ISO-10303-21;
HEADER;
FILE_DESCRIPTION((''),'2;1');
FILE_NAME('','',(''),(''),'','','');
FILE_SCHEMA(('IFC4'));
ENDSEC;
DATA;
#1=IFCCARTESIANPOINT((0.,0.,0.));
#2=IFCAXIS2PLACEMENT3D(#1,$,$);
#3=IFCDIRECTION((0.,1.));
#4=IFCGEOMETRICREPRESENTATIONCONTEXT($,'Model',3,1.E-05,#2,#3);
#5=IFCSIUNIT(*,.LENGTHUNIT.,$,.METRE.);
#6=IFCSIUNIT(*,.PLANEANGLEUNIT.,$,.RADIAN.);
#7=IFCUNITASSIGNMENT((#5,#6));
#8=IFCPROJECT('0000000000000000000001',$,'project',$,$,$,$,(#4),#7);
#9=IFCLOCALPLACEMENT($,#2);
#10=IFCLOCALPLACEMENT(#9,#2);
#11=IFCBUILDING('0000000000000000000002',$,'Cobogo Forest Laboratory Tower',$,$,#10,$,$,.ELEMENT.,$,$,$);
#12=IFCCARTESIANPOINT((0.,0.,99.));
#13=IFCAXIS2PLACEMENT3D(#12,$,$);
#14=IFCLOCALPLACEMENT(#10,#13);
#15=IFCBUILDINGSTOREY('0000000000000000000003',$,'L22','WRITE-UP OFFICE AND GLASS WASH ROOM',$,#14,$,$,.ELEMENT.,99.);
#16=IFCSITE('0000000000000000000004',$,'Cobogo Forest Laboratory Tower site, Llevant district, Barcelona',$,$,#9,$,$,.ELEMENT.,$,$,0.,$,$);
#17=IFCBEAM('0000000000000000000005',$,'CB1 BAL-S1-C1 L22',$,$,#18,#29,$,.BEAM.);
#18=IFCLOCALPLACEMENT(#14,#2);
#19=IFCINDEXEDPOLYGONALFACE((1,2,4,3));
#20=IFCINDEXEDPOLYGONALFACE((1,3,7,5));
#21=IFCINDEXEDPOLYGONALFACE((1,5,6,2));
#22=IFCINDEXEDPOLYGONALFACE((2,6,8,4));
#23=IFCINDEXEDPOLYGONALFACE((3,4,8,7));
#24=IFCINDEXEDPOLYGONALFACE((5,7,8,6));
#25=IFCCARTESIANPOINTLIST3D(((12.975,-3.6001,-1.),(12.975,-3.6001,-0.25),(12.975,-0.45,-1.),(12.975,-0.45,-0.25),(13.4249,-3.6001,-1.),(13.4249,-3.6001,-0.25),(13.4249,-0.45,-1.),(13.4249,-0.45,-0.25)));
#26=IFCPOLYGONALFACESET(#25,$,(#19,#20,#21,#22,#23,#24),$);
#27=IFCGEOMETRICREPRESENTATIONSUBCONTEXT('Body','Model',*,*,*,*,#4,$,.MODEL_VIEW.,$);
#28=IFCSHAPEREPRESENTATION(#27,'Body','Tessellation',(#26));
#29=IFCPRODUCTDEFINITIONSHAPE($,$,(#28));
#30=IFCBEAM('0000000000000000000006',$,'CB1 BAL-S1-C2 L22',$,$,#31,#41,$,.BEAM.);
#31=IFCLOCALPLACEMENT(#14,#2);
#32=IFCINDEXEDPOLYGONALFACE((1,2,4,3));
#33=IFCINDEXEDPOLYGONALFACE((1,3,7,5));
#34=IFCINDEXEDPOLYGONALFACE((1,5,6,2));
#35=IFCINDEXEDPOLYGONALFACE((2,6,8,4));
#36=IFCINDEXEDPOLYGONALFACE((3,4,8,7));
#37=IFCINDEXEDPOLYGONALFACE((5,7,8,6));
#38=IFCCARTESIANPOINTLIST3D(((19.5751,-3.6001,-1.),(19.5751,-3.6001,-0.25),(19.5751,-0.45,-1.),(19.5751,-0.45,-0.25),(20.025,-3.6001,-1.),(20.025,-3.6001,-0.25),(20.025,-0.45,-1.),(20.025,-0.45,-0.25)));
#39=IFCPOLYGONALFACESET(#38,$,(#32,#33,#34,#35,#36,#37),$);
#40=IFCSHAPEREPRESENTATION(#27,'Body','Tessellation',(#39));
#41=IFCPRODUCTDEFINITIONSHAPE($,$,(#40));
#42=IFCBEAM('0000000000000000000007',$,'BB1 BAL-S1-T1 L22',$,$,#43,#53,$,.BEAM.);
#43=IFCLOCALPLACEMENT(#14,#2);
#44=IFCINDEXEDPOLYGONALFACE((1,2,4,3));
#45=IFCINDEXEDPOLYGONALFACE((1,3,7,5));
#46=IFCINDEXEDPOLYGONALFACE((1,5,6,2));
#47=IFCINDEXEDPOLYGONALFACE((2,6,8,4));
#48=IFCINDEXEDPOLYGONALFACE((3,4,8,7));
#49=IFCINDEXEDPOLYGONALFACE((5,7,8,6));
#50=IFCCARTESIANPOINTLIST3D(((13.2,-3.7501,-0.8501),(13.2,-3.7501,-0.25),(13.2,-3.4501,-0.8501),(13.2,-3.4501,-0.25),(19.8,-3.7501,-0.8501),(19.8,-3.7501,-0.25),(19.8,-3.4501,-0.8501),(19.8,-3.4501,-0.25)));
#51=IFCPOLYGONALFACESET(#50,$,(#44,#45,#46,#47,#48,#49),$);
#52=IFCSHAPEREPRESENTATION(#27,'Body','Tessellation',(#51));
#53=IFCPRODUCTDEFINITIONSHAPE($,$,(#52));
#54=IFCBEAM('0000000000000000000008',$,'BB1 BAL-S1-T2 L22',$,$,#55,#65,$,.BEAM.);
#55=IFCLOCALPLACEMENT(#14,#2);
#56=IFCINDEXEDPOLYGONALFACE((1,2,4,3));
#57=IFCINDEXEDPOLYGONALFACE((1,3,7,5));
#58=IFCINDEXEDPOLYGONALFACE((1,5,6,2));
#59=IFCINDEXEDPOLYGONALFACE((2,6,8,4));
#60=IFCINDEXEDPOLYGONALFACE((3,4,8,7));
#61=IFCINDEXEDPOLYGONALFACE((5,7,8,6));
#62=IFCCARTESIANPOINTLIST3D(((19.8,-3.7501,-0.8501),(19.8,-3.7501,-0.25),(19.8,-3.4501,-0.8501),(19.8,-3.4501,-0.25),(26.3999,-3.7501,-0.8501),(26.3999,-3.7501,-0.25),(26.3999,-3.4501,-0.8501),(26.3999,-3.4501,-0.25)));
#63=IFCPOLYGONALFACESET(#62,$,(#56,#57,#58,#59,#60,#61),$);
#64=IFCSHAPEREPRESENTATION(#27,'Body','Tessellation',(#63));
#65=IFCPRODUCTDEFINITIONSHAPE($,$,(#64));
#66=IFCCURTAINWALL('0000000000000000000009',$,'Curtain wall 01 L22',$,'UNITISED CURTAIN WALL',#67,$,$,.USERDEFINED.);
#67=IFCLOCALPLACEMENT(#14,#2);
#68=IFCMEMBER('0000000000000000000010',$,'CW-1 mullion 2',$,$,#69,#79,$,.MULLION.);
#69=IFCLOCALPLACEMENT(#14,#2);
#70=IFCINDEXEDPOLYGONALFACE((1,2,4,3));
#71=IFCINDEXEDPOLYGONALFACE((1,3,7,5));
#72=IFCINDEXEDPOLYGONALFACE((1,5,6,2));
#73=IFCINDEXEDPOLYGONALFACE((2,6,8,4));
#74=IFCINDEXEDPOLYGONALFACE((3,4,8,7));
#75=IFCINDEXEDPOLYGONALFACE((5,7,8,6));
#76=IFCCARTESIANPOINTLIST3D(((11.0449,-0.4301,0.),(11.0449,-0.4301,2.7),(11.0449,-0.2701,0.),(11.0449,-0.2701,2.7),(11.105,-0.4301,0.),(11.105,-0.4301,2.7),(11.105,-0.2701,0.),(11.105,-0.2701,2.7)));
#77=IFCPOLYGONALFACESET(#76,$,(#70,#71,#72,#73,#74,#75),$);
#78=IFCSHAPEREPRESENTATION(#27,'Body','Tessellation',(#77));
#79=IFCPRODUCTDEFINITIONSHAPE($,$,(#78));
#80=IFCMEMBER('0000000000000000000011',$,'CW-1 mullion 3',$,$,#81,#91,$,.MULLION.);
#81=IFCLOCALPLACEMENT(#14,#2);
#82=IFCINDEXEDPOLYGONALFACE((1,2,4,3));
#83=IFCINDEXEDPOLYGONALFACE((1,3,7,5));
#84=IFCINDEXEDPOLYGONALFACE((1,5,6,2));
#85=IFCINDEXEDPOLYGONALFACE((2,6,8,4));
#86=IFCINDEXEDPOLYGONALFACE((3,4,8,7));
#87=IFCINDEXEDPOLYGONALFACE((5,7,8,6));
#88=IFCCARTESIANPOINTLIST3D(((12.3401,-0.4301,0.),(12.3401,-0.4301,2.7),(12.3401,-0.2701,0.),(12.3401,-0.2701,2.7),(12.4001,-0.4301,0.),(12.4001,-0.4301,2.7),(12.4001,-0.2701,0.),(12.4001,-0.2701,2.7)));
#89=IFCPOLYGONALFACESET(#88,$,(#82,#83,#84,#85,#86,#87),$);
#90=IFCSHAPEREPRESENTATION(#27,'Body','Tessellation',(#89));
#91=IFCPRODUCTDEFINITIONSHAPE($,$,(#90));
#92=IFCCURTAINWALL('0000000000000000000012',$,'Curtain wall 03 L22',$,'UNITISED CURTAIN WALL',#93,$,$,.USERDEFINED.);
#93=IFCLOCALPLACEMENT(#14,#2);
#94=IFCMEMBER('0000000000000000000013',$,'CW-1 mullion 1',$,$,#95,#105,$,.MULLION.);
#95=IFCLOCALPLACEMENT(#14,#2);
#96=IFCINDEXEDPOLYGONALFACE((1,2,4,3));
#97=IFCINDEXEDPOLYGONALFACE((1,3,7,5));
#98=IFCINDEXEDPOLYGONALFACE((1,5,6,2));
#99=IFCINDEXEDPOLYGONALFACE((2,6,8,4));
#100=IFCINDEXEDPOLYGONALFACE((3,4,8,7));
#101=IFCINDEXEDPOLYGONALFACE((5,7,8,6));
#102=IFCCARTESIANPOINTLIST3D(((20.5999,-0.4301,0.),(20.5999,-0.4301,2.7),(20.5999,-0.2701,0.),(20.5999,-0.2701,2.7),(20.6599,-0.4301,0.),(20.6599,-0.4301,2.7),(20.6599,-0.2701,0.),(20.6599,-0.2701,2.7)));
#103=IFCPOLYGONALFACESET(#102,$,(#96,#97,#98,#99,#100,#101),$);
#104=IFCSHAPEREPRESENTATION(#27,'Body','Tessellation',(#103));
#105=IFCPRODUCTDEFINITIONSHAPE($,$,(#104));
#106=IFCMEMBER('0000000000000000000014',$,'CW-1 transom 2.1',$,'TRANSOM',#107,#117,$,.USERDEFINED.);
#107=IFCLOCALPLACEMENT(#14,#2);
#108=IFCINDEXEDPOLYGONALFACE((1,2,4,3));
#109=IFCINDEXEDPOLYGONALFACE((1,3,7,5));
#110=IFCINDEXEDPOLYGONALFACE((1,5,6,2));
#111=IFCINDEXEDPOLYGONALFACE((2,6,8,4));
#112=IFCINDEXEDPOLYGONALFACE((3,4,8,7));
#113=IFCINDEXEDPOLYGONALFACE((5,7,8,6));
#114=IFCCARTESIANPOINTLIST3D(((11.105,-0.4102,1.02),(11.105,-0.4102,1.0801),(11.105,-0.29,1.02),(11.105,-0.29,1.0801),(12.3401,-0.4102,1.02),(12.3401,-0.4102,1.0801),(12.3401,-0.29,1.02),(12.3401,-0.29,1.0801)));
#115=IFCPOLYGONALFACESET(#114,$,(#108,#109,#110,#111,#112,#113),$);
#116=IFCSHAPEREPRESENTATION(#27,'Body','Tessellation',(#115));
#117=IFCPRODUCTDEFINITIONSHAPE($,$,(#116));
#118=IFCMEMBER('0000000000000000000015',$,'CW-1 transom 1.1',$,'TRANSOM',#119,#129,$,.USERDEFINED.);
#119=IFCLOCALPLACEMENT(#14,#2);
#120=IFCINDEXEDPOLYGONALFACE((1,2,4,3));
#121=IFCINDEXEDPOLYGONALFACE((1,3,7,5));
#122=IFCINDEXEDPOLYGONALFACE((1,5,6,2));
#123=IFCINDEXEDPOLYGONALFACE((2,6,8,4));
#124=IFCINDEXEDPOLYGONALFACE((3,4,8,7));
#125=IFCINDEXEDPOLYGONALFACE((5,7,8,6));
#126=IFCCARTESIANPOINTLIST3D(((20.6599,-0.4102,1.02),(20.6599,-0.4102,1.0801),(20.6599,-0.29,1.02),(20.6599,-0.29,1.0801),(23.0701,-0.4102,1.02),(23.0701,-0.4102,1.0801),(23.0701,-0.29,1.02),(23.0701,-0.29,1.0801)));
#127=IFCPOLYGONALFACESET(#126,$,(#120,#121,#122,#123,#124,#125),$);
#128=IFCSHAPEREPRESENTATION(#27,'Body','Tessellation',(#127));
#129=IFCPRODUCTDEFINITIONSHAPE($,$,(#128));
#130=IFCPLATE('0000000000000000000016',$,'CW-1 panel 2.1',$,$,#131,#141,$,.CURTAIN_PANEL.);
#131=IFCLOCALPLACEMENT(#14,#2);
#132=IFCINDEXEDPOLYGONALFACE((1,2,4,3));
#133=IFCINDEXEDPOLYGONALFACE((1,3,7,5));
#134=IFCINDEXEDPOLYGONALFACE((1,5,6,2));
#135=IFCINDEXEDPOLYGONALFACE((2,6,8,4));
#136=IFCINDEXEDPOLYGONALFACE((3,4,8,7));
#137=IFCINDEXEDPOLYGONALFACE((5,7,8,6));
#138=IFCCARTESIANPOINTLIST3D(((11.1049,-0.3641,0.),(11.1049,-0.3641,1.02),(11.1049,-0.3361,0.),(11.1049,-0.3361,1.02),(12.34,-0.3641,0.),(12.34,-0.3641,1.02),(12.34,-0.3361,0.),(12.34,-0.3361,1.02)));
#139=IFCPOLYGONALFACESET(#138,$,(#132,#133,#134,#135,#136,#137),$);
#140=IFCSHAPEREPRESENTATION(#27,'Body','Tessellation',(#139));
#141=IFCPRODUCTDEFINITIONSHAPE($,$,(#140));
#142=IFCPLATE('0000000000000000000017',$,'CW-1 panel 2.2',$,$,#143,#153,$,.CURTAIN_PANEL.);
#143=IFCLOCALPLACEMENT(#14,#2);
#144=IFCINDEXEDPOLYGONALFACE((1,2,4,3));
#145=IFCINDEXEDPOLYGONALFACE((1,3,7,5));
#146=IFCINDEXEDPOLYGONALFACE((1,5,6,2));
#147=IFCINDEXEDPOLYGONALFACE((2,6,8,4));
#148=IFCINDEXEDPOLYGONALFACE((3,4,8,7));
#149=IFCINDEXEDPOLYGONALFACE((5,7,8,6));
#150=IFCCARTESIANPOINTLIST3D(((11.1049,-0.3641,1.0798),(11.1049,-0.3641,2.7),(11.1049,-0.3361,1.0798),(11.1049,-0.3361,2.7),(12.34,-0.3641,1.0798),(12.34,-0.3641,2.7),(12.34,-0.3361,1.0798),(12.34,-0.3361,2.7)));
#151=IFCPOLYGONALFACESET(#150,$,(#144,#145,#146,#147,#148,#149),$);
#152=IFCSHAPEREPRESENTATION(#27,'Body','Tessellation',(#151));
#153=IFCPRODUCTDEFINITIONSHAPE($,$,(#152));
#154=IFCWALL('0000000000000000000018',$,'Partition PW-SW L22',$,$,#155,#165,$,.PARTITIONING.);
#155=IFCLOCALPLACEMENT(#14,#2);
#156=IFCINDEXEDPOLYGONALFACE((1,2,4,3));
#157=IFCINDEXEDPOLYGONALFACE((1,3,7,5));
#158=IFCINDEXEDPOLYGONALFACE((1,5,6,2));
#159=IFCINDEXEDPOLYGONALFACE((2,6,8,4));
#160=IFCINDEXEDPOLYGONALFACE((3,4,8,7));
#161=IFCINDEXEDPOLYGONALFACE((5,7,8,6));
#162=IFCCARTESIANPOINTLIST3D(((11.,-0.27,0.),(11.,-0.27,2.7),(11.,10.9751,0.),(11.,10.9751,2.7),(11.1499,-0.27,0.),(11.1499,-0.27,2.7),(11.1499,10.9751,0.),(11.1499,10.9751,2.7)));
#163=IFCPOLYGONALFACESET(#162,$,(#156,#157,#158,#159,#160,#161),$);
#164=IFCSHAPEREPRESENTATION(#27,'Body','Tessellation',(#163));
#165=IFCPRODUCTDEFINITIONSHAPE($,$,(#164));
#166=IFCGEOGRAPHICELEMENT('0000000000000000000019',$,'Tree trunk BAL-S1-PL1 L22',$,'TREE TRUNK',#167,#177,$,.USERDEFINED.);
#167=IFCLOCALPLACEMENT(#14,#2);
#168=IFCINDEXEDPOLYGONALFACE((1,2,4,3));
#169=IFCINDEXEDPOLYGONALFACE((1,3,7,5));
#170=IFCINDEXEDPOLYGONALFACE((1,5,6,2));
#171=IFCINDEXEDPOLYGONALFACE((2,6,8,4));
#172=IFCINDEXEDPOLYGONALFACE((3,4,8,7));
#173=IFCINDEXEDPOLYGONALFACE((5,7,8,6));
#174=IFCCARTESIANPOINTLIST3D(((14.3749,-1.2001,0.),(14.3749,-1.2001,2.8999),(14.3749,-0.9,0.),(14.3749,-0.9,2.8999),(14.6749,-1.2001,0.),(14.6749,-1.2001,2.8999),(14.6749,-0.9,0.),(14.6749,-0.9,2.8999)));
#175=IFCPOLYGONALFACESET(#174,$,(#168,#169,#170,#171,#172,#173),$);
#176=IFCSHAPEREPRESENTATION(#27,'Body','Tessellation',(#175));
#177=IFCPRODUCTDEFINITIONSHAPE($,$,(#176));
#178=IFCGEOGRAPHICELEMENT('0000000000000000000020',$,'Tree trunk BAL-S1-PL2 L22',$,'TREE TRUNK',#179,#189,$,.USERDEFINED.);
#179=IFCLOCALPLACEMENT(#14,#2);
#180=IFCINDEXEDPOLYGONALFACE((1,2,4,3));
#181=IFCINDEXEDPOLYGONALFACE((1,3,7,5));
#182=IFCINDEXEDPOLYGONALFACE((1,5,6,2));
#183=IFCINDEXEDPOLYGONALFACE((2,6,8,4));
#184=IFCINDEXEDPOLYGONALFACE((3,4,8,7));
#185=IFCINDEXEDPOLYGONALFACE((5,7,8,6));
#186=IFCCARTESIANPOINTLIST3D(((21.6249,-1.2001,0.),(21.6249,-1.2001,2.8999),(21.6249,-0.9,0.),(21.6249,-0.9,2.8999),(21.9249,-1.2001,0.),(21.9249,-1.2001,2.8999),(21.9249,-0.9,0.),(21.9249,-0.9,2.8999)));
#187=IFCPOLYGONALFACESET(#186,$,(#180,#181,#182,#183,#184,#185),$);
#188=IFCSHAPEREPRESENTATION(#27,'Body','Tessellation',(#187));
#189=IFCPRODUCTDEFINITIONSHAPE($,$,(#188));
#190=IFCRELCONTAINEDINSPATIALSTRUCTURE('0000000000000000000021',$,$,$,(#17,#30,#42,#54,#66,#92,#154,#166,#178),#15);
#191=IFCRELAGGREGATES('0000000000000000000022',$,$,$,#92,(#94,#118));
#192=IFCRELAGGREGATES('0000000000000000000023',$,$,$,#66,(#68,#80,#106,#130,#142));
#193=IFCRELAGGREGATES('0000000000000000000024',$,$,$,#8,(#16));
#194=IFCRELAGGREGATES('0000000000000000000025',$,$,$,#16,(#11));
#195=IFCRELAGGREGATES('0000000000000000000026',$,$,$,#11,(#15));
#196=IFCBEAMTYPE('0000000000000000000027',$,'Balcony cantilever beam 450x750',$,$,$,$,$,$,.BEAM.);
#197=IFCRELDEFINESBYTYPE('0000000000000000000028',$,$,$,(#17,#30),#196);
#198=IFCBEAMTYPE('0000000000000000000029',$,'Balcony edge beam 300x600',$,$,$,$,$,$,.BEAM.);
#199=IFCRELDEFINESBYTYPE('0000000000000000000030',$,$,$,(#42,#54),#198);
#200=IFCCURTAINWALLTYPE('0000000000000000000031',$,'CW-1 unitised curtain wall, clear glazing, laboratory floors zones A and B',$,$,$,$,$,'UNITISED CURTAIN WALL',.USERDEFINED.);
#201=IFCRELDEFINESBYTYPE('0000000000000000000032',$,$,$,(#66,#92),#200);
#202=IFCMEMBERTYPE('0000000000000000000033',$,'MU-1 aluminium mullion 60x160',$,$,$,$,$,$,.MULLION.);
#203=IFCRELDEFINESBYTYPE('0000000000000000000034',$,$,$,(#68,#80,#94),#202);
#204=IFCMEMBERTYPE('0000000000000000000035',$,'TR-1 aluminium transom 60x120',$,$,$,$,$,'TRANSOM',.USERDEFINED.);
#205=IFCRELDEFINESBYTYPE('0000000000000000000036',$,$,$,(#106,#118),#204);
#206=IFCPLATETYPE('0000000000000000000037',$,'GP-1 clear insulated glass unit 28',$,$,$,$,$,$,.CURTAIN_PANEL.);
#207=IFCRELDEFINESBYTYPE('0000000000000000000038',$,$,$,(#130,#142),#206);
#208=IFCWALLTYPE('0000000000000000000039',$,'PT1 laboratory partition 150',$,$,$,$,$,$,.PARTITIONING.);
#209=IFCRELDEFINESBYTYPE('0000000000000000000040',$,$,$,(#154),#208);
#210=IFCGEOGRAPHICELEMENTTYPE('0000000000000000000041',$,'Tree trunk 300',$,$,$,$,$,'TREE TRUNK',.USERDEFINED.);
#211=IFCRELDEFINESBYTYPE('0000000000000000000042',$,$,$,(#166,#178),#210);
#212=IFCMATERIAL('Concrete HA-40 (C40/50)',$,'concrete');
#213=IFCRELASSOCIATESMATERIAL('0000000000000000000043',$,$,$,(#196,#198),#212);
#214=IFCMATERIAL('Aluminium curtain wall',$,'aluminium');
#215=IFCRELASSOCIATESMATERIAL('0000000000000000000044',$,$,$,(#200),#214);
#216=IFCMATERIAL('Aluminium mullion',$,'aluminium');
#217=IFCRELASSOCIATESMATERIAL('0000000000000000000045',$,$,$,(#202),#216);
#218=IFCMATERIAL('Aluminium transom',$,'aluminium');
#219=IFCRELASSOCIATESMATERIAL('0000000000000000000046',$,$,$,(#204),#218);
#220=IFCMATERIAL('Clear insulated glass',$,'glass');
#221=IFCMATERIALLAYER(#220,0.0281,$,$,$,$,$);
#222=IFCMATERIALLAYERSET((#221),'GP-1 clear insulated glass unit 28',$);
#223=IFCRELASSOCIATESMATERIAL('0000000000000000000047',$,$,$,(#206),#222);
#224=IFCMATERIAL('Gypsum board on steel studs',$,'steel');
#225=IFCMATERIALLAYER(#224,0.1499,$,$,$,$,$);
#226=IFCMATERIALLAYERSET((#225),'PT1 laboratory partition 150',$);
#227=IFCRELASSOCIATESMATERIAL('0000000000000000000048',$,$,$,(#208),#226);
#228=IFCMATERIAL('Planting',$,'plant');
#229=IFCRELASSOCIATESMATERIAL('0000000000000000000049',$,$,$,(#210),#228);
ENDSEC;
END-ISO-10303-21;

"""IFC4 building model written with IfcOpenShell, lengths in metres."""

from ifc_helpers import new_model, si_unit, direction, frame, frame_2d, origin, origin_2d, place, context, subcontext, project, spatial, rectangle, extrude, material, layer, layer_set, material_profile, profile_set, type_object, element, aggregate, save


model = new_model("IFC4")

# Units and contexts
model_context = context("Model", 3, precision=1e-05, world=origin(), true_north=direction((0.0, 1.0)))
body_context = subcontext(model_context, "Body", "Model", "MODEL_VIEW")
ifc_project = project(units=[si_unit("LENGTHUNIT", "METRE"), si_unit("PLANEANGLEUNIT", "RADIAN")], contexts=[model_context])

# Site, building, storey
site_placement = place(None, origin())
site = spatial("IfcSite", under=ifc_project, at=site_placement, Name="Cobogo Forest Laboratory Tower site, Llevant district, Barcelona", CompositionType="ELEMENT", RefElevation=0.0)
building_placement = place(site_placement, origin())
building = spatial("IfcBuilding", under=site, at=building_placement, Name="Cobogo Forest Laboratory Tower", CompositionType="ELEMENT")
storey_placement = place(building_placement, frame((0.0, 0.0, 99.0)))
storey = spatial("IfcBuildingStorey", under=building, at=storey_placement, Name="L22", Description="WRITE-UP OFFICE AND GLASS WASH ROOM", CompositionType="ELEMENT", Elevation=99.0)

# Beams
ifc_material_1 = material(Name="Concrete HA-40 (C40/50)", Category="concrete")
ifc_material_profile_1 = material_profile(ifc_material_1, rectangle(XDim=0.45, YDim=0.75, at=origin_2d()), Name="RC 450x750")
ifc_profile_set_1 = profile_set([ifc_material_profile_1], Name="Concrete HA-40 (C40/50)")
beam_type_1 = type_object("IfcBeamType", Name="Balcony cantilever beam 450x750", PredefinedType="BEAM", material=ifc_profile_set_1)
for number, where, z_axis, x_axis, name in (
    (1, (13.2, -0.45, -0.625), (0.0, -1.0, 0.0), (1.0, 0.0, 0.0), "CB1 BAL-S1-C1 L22"),
    (2, (19.8, -0.45, -0.625), (0.0, -1.0, 0.0), (1.0, 0.0, 0.0), "CB1 BAL-S1-C2 L22"),
):
    element("IfcBeam", number, at=place(storey_placement, frame(where, z_axis=z_axis, x_axis=x_axis)), inside=storey, type_object=beam_type_1, Name=name, PredefinedType="BEAM", context=body_context, shape_type="SweptSolid", body=[
        extrude(rectangle(XDim=0.45, YDim=0.75, at=origin_2d()), origin(), (0.0, 0.0, 1.0), 3.1501),
    ])
ifc_material_profile_2 = material_profile(ifc_material_1, rectangle(XDim=0.3, YDim=0.6001, at=origin_2d()), Name="RC 300x600")
ifc_profile_set_2 = profile_set([ifc_material_profile_2], Name="Concrete HA-40 (C40/50)")
beam_type_2 = type_object("IfcBeamType", Name="Balcony edge beam 300x600", PredefinedType="BEAM", material=ifc_profile_set_2)
beam_1_placement = place(storey_placement, frame((13.2, -3.6001, -0.55), z_axis=(1.0, 0.0, 0.0), x_axis=(0.0, 1.0, 0.0)))
element("IfcBeam", 3, at=beam_1_placement, inside=storey, type_object=beam_type_2, Name="BB1 BAL-S1-T1 L22", PredefinedType="BEAM", context=body_context, shape_type="SweptSolid", body=[
    extrude(rectangle(XDim=0.3, YDim=0.6001, at=origin_2d()), origin(), (0.0, 0.0, 1.0), 6.6001),
])
beam_2_placement = place(storey_placement, frame((19.8, -3.6001, -0.55), z_axis=(1.0, 0.0, 0.0), x_axis=(0.0, 1.0, 0.0)))
element("IfcBeam", 4, at=beam_2_placement, inside=storey, type_object=beam_type_2, Name="BB1 BAL-S1-T2 L22", PredefinedType="BEAM", context=body_context, shape_type="SweptSolid", body=[
    extrude(rectangle(XDim=0.3, YDim=0.6001, at=origin_2d()), origin(), (0.0, 0.0, 1.0), 6.5999),
])

# Curtain wall, members
ifc_material_2 = material(Name="Aluminium curtain wall", Category="aluminium")
curtain_wall_type = type_object("IfcCurtainWallType", Name="CW-1 unitised curtain wall, clear glazing, laboratory floors zones A and B", ElementType="UNITISED CURTAIN WALL", PredefinedType="USERDEFINED", material=ifc_material_2)
curtain_wall_1_placement = place(storey_placement, origin())
curtain_wall_1 = element("IfcCurtainWall", 5, at=curtain_wall_1_placement, inside=storey, type_object=curtain_wall_type, Name="Curtain wall 01 L22", ObjectType="UNITISED CURTAIN WALL", PredefinedType="USERDEFINED")
ifc_material_3 = material(Name="Aluminium mullion", Category="aluminium")
ifc_material_profile_3 = material_profile(ifc_material_3, rectangle(XDim=0.0601, YDim=0.1599, at=origin_2d()), Name="AL 60x160")
ifc_profile_set_3 = profile_set([ifc_material_profile_3], Name="Aluminium mullion")
member_type_1 = type_object("IfcMemberType", Name="MU-1 aluminium mullion 60x160", PredefinedType="MULLION", material=ifc_profile_set_3)
member_1_placement = place(storey_placement, frame((11.075, -0.3501, 0.0), z_axis=(0.0, 0.0, 1.0), x_axis=(1.0, 0.0, 0.0)))
member_1 = element("IfcMember", 6, at=member_1_placement, type_object=member_type_1, Name="CW-1 mullion 2", PredefinedType="MULLION", context=body_context, shape_type="SweptSolid", body=[
    extrude(rectangle(XDim=0.0601, YDim=0.1599, at=origin_2d()), origin(), (0.0, 0.0, 1.0), 2.7),
])
member_2_placement = place(storey_placement, frame((12.3701, -0.3501, 0.0), z_axis=(0.0, 0.0, 1.0), x_axis=(1.0, 0.0, 0.0)))
member_2 = element("IfcMember", 7, at=member_2_placement, type_object=member_type_1, Name="CW-1 mullion 3", PredefinedType="MULLION", context=body_context, shape_type="SweptSolid", body=[
    extrude(rectangle(XDim=0.0601, YDim=0.1599, at=origin_2d()), origin(), (0.0, 0.0, 1.0), 2.7),
])

# Curtain wall, member
curtain_wall_2_placement = place(storey_placement, origin())
curtain_wall_2 = element("IfcCurtainWall", 8, at=curtain_wall_2_placement, inside=storey, type_object=curtain_wall_type, Name="Curtain wall 03 L22", ObjectType="UNITISED CURTAIN WALL", PredefinedType="USERDEFINED")
member_3_placement = place(storey_placement, frame((20.6299, -0.3501, 0.0), z_axis=(0.0, 0.0, 1.0), x_axis=(1.0, 0.0, 0.0)))
member_3 = element("IfcMember", 9, at=member_3_placement, type_object=member_type_1, Name="CW-1 mullion 1", PredefinedType="MULLION", context=body_context, shape_type="SweptSolid", body=[
    extrude(rectangle(XDim=0.0601, YDim=0.1599, at=origin_2d()), origin(), (0.0, 0.0, 1.0), 2.7),
])

# Members
ifc_material_4 = material(Name="Aluminium transom", Category="aluminium")
ifc_material_profile_4 = material_profile(ifc_material_4, rectangle(XDim=0.1201, YDim=0.0601, at=origin_2d()), Name="AL 60x120")
ifc_profile_set_4 = profile_set([ifc_material_profile_4], Name="Aluminium transom")
member_type_2 = type_object("IfcMemberType", Name="TR-1 aluminium transom 60x120", ElementType="TRANSOM", PredefinedType="USERDEFINED", material=ifc_profile_set_4)
member_4_placement = place(storey_placement, frame((11.105, -0.3501, 1.05), z_axis=(1.0, 0.0, 0.0), x_axis=(0.0, 1.0, 0.0)))
member_4 = element("IfcMember", 10, at=member_4_placement, type_object=member_type_2, Name="CW-1 transom 2.1", ObjectType="TRANSOM", PredefinedType="USERDEFINED", context=body_context, shape_type="SweptSolid", body=[
    extrude(rectangle(XDim=0.1201, YDim=0.0601, at=origin_2d()), origin(), (0.0, 0.0, 1.0), 1.2351),
])
member_5_placement = place(storey_placement, frame((20.6599, -0.3501, 1.05), z_axis=(1.0, 0.0, 0.0), x_axis=(0.0, 1.0, 0.0)))
member_5 = element("IfcMember", 11, at=member_5_placement, type_object=member_type_2, Name="CW-1 transom 1.1", ObjectType="TRANSOM", PredefinedType="USERDEFINED", context=body_context, shape_type="SweptSolid", body=[
    extrude(rectangle(XDim=0.1201, YDim=0.0601, at=origin_2d()), origin(), (0.0, 0.0, 1.0), 2.4102),
])
aggregate(curtain_wall_2, [member_3, member_5])

# Plates
ifc_material_5 = material(Name="Clear insulated glass", Category="glass")
ifc_layer_1 = layer(ifc_material_5, 0.0281)
ifc_layer_set_1 = layer_set([ifc_layer_1], Name="GP-1 clear insulated glass unit 28")
plate_type = type_object("IfcPlateType", Name="GP-1 clear insulated glass unit 28", PredefinedType="CURTAIN_PANEL", material=ifc_layer_set_1)
plate_1_placement = place(storey_placement, frame((11.7224, -0.3501, 0.0), z_axis=(0.0, 0.0, 1.0), x_axis=(1.0, 0.0, 0.0)))
plate_1 = element("IfcPlate", 12, at=plate_1_placement, type_object=plate_type, Name="CW-1 panel 2.1", PredefinedType="CURTAIN_PANEL", context=body_context, shape_type="SweptSolid", body=[
    extrude(rectangle(XDim=1.2351, YDim=0.0281, at=origin_2d()), origin(), (0.0, 0.0, 1.0), 1.02),
])
plate_2_placement = place(storey_placement, frame((11.7224, -0.3501, 1.0798), z_axis=(0.0, 0.0, 1.0), x_axis=(1.0, 0.0, 0.0)))
plate_2 = element("IfcPlate", 13, at=plate_2_placement, type_object=plate_type, Name="CW-1 panel 2.2", PredefinedType="CURTAIN_PANEL", context=body_context, shape_type="SweptSolid", body=[
    extrude(rectangle(XDim=1.2351, YDim=0.0281, at=origin_2d()), origin(), (0.0, 0.0, 1.0), 1.6201),
])
aggregate(curtain_wall_1, [member_1, member_2, member_4, plate_1, plate_2])

# Wall
ifc_material_6 = material(Name="Gypsum board on steel studs", Category="steel")
ifc_layer_2 = layer(ifc_material_6, 0.1499)
ifc_layer_set_2 = layer_set([ifc_layer_2], Name="PT1 laboratory partition 150")
wall_type_1 = type_object("IfcWallType", Name="PT1 laboratory partition 150", PredefinedType="PARTITIONING", material=ifc_layer_set_2)
wall_1_placement = place(storey_placement, frame((11.075, -0.27, 0.0), z_axis=(0.0, 0.0, 1.0), x_axis=(0.0, 1.0, 0.0)))
element("IfcWall", 14, at=wall_1_placement, inside=storey, type_object=wall_type_1, Name="Partition PW-SW L22", PredefinedType="PARTITIONING", context=body_context, shape_type="SweptSolid", body=[
    extrude(rectangle(XDim=11.2451, YDim=0.1499, at=frame_2d((5.6226, 0.0))), origin(), (0.0, 0.0, 1.0), 2.7),
])

# Geographic elements
ifc_material_7 = material(Name="Planting", Category="plant")
geographic_element_type = type_object("IfcGeographicElementType", Name="Tree trunk 300", ElementType="TREE TRUNK", PredefinedType="USERDEFINED", material=ifc_material_7)
for number, where, z_axis, x_axis, name in (
    (15, (14.5249, -1.05, 0.0), (0.0, 0.0, 1.0), (1.0, 0.0, 0.0), "Tree trunk BAL-S1-PL1 L22"),
    (16, (21.7749, -1.05, 0.0), (0.0, 0.0, 1.0), (1.0, 0.0, 0.0), "Tree trunk BAL-S1-PL2 L22"),
):
    element("IfcGeographicElement", number, at=place(storey_placement, frame(where, z_axis=z_axis, x_axis=x_axis)), inside=storey, type_object=geographic_element_type, Name=name, ObjectType="TREE TRUNK", PredefinedType="USERDEFINED", context=body_context, shape_type="SweptSolid", body=[
        extrude(rectangle(XDim=0.3, YDim=0.3, at=origin_2d()), origin(), (0.0, 0.0, 1.0), 2.8999),
    ])

save(model, "model.ifc")
